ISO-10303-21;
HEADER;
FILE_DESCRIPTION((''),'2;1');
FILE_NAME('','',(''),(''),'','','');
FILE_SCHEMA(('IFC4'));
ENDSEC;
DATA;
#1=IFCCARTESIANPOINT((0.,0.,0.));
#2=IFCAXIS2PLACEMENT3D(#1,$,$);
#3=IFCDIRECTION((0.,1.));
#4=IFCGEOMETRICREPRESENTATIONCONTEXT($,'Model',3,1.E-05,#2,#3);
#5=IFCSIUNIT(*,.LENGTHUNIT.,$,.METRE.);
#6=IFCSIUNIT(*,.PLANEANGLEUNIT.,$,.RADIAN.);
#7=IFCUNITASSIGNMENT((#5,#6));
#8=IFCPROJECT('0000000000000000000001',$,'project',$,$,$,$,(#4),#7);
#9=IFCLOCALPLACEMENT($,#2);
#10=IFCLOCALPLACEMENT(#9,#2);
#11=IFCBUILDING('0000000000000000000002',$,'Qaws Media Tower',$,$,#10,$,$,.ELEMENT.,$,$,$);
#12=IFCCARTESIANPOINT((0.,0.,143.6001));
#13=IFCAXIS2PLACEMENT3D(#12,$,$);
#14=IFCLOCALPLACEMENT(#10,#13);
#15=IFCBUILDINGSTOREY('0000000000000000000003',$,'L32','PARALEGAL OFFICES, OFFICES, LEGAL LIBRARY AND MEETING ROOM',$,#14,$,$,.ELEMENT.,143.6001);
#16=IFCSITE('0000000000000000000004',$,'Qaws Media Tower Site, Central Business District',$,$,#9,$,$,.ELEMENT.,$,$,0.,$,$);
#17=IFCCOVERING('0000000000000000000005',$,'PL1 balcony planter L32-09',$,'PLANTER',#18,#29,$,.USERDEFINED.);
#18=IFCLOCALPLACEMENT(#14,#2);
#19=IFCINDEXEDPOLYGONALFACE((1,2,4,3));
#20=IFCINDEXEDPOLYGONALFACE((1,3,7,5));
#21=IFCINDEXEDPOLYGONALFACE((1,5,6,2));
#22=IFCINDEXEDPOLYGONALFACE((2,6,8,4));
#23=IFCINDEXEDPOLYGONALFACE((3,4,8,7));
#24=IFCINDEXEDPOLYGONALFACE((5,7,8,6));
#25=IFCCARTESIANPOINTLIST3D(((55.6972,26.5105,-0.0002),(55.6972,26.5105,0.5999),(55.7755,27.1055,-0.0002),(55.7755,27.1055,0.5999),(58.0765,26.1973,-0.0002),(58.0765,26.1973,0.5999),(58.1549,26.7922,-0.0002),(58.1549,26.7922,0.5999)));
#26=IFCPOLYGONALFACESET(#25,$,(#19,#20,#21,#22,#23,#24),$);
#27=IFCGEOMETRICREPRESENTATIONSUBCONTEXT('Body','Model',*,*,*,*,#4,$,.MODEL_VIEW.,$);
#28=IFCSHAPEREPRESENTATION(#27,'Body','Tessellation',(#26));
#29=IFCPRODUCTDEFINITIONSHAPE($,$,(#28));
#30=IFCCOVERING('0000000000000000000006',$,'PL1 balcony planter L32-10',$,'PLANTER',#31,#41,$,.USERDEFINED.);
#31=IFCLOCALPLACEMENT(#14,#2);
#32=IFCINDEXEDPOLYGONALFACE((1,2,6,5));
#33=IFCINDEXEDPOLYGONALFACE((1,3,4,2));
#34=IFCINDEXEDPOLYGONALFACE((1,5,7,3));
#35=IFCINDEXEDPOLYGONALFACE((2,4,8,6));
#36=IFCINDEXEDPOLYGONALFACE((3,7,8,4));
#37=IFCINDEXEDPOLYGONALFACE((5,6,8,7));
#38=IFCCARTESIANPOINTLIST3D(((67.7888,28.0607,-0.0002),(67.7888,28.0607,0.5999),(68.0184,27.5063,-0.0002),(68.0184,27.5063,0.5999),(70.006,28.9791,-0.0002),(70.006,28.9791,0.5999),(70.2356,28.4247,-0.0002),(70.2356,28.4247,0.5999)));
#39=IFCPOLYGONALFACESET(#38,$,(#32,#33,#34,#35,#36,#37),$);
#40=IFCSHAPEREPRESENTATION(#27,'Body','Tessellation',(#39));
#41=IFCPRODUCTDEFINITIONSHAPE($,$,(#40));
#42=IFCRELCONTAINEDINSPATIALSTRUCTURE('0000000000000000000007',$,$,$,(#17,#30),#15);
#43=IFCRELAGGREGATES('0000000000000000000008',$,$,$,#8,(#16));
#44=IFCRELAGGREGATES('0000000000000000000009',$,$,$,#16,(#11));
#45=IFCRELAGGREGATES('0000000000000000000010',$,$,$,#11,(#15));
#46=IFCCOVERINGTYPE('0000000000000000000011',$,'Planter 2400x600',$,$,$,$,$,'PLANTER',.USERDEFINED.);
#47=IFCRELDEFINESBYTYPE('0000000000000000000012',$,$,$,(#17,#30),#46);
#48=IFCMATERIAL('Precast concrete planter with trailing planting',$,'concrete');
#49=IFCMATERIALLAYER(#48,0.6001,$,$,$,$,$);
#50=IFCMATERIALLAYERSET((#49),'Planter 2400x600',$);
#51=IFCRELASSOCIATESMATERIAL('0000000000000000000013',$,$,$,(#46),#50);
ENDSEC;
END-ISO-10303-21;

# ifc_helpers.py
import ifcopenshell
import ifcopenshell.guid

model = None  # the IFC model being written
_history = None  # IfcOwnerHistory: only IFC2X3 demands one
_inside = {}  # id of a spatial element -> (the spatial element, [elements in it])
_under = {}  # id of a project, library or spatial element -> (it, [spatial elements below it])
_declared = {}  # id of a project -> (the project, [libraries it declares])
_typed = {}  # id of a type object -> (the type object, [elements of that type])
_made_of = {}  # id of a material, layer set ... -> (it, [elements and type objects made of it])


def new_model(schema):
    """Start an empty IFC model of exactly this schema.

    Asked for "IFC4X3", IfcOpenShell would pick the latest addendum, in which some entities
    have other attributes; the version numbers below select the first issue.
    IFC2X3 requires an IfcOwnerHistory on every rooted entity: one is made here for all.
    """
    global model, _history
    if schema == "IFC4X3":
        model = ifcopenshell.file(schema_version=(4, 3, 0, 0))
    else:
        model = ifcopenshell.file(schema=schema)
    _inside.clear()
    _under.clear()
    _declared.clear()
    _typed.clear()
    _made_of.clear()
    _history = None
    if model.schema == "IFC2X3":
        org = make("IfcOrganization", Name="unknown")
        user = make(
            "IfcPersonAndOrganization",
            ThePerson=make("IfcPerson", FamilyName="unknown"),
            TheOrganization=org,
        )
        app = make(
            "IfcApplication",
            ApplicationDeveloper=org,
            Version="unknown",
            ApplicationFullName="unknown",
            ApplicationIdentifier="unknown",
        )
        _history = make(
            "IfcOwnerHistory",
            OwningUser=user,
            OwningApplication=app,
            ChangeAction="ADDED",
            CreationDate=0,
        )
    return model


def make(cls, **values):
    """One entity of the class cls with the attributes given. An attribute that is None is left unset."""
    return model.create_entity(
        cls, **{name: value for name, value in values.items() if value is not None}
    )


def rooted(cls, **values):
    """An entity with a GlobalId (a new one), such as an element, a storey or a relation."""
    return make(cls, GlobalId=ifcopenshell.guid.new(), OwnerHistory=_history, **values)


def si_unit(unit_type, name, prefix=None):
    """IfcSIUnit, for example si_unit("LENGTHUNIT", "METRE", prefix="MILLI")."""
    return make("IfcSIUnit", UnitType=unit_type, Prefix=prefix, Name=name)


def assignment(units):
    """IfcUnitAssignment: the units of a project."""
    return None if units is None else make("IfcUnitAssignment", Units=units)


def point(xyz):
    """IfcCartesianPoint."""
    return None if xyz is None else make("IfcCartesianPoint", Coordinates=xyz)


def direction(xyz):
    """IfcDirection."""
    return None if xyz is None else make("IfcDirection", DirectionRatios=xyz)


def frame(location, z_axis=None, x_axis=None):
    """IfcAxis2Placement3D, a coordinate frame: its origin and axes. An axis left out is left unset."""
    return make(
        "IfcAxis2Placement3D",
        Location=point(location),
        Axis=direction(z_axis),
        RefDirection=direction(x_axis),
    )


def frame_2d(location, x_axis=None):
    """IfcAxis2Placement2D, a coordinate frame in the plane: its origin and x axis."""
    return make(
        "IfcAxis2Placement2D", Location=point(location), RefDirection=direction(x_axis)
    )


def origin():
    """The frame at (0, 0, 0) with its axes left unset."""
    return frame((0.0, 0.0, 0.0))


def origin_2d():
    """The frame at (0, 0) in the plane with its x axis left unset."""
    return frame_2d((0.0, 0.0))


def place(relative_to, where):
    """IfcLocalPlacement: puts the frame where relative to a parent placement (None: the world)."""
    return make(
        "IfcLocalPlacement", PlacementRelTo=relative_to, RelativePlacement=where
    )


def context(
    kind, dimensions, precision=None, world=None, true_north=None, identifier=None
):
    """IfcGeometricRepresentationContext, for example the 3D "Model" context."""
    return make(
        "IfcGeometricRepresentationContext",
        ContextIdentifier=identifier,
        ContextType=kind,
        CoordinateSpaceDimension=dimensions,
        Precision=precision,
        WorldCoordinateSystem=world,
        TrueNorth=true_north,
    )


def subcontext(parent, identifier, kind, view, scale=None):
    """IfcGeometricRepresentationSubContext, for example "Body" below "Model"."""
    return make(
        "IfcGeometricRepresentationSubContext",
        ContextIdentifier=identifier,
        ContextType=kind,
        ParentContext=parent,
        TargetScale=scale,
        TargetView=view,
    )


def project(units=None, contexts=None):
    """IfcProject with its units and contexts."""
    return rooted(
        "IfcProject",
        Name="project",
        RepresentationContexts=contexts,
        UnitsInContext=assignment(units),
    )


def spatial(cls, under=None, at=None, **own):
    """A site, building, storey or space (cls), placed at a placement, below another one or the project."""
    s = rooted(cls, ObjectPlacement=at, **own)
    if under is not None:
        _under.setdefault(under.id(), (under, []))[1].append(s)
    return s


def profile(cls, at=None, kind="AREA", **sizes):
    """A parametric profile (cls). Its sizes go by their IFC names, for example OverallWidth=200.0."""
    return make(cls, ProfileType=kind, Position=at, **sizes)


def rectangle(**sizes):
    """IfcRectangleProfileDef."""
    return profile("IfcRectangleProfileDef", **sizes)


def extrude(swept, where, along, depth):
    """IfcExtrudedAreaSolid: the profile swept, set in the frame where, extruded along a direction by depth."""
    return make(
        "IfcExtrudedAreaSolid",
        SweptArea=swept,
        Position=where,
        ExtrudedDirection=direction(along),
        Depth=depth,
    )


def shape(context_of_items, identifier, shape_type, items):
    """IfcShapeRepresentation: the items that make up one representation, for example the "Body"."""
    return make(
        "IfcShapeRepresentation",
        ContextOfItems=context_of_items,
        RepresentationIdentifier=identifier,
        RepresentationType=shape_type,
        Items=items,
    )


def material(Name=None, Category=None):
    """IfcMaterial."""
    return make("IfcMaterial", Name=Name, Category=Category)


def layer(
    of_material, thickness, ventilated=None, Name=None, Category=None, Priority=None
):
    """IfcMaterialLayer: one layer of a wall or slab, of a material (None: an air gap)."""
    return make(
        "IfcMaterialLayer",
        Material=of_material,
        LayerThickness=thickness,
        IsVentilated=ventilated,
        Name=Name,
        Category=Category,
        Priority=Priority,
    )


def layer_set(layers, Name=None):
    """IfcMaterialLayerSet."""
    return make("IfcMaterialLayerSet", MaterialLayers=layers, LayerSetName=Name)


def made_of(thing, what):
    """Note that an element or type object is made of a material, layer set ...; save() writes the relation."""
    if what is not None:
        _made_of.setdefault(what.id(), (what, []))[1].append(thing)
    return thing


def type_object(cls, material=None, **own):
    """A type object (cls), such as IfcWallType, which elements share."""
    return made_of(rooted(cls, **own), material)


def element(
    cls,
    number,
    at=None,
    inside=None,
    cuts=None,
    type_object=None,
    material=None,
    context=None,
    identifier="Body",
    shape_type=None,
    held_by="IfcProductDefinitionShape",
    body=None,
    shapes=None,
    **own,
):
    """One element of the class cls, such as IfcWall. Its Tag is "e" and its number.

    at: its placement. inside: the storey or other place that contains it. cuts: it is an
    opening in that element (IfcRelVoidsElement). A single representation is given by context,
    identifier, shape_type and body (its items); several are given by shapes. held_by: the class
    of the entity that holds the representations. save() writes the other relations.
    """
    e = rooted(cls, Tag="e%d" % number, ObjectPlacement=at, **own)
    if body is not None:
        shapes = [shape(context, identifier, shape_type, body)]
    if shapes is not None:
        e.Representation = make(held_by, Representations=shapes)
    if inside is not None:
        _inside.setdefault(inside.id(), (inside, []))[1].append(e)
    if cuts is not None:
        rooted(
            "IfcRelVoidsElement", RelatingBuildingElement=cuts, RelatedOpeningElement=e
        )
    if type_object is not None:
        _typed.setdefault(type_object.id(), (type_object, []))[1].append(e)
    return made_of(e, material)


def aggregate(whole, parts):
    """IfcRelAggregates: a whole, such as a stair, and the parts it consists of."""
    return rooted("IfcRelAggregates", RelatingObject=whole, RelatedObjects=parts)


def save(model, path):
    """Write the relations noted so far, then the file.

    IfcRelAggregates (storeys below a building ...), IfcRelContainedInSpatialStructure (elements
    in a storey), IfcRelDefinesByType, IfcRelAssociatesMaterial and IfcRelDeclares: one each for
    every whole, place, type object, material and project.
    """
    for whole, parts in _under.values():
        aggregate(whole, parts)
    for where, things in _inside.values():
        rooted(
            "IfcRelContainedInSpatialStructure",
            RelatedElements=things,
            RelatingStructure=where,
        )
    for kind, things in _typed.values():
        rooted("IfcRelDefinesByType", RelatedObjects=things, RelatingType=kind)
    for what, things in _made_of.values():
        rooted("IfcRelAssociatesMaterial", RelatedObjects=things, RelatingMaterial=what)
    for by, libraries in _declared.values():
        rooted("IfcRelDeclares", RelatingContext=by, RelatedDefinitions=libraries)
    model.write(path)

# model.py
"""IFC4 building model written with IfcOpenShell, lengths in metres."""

from ifc_helpers import new_model, si_unit, direction, frame, origin, origin_2d, place, context, subcontext, project, spatial, rectangle, extrude, material, layer, layer_set, type_object, element, save


model = new_model("IFC4")

# Units and contexts
model_context = context("Model", 3, precision=1e-05, world=origin(), true_north=direction((0.0, 1.0)))
body_context = subcontext(model_context, "Body", "Model", "MODEL_VIEW")
ifc_project = project(units=[si_unit("LENGTHUNIT", "METRE"), si_unit("PLANEANGLEUNIT", "RADIAN")], contexts=[model_context])

# Site, building, storey
site_placement = place(None, origin())
site = spatial("IfcSite", under=ifc_project, at=site_placement, Name="Qaws Media Tower Site, Central Business District", CompositionType="ELEMENT", RefElevation=0.0)
building_placement = place(site_placement, origin())
building = spatial("IfcBuilding", under=site, at=building_placement, Name="Qaws Media Tower", CompositionType="ELEMENT")
storey_placement = place(building_placement, frame((0.0, 0.0, 143.6001)))
storey = spatial("IfcBuildingStorey", under=building, at=storey_placement, Name="L32", Description="PARALEGAL OFFICES, OFFICES, LEGAL LIBRARY AND MEETING ROOM", CompositionType="ELEMENT", Elevation=143.6001)

# Coverings
ifc_material_1 = material(Name="Precast concrete planter with trailing planting", Category="concrete")
ifc_layer_1 = layer(ifc_material_1, 0.6001)
ifc_layer_set_1 = layer_set([ifc_layer_1], Name="Planter 2400x600")
covering_type = type_object("IfcCoveringType", Name="Planter 2400x600", ElementType="PLANTER", PredefinedType="USERDEFINED", material=ifc_layer_set_1)
for number, where, z_axis, x_axis, name in (
    (1, (56.926, 26.6514, -0.0002), (0.0, 0.0, 1.0), (0.991445, -0.130526, 0.0), "PL1 balcony planter L32-09"),
    (2, (69.0122, 28.2427, -0.0002), (0.0, 0.0, 1.0), (0.92388, 0.382683, 0.0), "PL1 balcony planter L32-10"),
):
    element("IfcCovering", number, at=place(storey_placement, frame(where, z_axis=z_axis, x_axis=x_axis)), inside=storey, type_object=covering_type, Name=name, ObjectType="PLANTER", PredefinedType="USERDEFINED", context=body_context, shape_type="SweptSolid", body=[
        extrude(rectangle(XDim=2.3999, YDim=0.6001, at=origin_2d()), origin(), (0.0, 0.0, 1.0), 0.6001),
    ])

save(model, "model.ifc")
